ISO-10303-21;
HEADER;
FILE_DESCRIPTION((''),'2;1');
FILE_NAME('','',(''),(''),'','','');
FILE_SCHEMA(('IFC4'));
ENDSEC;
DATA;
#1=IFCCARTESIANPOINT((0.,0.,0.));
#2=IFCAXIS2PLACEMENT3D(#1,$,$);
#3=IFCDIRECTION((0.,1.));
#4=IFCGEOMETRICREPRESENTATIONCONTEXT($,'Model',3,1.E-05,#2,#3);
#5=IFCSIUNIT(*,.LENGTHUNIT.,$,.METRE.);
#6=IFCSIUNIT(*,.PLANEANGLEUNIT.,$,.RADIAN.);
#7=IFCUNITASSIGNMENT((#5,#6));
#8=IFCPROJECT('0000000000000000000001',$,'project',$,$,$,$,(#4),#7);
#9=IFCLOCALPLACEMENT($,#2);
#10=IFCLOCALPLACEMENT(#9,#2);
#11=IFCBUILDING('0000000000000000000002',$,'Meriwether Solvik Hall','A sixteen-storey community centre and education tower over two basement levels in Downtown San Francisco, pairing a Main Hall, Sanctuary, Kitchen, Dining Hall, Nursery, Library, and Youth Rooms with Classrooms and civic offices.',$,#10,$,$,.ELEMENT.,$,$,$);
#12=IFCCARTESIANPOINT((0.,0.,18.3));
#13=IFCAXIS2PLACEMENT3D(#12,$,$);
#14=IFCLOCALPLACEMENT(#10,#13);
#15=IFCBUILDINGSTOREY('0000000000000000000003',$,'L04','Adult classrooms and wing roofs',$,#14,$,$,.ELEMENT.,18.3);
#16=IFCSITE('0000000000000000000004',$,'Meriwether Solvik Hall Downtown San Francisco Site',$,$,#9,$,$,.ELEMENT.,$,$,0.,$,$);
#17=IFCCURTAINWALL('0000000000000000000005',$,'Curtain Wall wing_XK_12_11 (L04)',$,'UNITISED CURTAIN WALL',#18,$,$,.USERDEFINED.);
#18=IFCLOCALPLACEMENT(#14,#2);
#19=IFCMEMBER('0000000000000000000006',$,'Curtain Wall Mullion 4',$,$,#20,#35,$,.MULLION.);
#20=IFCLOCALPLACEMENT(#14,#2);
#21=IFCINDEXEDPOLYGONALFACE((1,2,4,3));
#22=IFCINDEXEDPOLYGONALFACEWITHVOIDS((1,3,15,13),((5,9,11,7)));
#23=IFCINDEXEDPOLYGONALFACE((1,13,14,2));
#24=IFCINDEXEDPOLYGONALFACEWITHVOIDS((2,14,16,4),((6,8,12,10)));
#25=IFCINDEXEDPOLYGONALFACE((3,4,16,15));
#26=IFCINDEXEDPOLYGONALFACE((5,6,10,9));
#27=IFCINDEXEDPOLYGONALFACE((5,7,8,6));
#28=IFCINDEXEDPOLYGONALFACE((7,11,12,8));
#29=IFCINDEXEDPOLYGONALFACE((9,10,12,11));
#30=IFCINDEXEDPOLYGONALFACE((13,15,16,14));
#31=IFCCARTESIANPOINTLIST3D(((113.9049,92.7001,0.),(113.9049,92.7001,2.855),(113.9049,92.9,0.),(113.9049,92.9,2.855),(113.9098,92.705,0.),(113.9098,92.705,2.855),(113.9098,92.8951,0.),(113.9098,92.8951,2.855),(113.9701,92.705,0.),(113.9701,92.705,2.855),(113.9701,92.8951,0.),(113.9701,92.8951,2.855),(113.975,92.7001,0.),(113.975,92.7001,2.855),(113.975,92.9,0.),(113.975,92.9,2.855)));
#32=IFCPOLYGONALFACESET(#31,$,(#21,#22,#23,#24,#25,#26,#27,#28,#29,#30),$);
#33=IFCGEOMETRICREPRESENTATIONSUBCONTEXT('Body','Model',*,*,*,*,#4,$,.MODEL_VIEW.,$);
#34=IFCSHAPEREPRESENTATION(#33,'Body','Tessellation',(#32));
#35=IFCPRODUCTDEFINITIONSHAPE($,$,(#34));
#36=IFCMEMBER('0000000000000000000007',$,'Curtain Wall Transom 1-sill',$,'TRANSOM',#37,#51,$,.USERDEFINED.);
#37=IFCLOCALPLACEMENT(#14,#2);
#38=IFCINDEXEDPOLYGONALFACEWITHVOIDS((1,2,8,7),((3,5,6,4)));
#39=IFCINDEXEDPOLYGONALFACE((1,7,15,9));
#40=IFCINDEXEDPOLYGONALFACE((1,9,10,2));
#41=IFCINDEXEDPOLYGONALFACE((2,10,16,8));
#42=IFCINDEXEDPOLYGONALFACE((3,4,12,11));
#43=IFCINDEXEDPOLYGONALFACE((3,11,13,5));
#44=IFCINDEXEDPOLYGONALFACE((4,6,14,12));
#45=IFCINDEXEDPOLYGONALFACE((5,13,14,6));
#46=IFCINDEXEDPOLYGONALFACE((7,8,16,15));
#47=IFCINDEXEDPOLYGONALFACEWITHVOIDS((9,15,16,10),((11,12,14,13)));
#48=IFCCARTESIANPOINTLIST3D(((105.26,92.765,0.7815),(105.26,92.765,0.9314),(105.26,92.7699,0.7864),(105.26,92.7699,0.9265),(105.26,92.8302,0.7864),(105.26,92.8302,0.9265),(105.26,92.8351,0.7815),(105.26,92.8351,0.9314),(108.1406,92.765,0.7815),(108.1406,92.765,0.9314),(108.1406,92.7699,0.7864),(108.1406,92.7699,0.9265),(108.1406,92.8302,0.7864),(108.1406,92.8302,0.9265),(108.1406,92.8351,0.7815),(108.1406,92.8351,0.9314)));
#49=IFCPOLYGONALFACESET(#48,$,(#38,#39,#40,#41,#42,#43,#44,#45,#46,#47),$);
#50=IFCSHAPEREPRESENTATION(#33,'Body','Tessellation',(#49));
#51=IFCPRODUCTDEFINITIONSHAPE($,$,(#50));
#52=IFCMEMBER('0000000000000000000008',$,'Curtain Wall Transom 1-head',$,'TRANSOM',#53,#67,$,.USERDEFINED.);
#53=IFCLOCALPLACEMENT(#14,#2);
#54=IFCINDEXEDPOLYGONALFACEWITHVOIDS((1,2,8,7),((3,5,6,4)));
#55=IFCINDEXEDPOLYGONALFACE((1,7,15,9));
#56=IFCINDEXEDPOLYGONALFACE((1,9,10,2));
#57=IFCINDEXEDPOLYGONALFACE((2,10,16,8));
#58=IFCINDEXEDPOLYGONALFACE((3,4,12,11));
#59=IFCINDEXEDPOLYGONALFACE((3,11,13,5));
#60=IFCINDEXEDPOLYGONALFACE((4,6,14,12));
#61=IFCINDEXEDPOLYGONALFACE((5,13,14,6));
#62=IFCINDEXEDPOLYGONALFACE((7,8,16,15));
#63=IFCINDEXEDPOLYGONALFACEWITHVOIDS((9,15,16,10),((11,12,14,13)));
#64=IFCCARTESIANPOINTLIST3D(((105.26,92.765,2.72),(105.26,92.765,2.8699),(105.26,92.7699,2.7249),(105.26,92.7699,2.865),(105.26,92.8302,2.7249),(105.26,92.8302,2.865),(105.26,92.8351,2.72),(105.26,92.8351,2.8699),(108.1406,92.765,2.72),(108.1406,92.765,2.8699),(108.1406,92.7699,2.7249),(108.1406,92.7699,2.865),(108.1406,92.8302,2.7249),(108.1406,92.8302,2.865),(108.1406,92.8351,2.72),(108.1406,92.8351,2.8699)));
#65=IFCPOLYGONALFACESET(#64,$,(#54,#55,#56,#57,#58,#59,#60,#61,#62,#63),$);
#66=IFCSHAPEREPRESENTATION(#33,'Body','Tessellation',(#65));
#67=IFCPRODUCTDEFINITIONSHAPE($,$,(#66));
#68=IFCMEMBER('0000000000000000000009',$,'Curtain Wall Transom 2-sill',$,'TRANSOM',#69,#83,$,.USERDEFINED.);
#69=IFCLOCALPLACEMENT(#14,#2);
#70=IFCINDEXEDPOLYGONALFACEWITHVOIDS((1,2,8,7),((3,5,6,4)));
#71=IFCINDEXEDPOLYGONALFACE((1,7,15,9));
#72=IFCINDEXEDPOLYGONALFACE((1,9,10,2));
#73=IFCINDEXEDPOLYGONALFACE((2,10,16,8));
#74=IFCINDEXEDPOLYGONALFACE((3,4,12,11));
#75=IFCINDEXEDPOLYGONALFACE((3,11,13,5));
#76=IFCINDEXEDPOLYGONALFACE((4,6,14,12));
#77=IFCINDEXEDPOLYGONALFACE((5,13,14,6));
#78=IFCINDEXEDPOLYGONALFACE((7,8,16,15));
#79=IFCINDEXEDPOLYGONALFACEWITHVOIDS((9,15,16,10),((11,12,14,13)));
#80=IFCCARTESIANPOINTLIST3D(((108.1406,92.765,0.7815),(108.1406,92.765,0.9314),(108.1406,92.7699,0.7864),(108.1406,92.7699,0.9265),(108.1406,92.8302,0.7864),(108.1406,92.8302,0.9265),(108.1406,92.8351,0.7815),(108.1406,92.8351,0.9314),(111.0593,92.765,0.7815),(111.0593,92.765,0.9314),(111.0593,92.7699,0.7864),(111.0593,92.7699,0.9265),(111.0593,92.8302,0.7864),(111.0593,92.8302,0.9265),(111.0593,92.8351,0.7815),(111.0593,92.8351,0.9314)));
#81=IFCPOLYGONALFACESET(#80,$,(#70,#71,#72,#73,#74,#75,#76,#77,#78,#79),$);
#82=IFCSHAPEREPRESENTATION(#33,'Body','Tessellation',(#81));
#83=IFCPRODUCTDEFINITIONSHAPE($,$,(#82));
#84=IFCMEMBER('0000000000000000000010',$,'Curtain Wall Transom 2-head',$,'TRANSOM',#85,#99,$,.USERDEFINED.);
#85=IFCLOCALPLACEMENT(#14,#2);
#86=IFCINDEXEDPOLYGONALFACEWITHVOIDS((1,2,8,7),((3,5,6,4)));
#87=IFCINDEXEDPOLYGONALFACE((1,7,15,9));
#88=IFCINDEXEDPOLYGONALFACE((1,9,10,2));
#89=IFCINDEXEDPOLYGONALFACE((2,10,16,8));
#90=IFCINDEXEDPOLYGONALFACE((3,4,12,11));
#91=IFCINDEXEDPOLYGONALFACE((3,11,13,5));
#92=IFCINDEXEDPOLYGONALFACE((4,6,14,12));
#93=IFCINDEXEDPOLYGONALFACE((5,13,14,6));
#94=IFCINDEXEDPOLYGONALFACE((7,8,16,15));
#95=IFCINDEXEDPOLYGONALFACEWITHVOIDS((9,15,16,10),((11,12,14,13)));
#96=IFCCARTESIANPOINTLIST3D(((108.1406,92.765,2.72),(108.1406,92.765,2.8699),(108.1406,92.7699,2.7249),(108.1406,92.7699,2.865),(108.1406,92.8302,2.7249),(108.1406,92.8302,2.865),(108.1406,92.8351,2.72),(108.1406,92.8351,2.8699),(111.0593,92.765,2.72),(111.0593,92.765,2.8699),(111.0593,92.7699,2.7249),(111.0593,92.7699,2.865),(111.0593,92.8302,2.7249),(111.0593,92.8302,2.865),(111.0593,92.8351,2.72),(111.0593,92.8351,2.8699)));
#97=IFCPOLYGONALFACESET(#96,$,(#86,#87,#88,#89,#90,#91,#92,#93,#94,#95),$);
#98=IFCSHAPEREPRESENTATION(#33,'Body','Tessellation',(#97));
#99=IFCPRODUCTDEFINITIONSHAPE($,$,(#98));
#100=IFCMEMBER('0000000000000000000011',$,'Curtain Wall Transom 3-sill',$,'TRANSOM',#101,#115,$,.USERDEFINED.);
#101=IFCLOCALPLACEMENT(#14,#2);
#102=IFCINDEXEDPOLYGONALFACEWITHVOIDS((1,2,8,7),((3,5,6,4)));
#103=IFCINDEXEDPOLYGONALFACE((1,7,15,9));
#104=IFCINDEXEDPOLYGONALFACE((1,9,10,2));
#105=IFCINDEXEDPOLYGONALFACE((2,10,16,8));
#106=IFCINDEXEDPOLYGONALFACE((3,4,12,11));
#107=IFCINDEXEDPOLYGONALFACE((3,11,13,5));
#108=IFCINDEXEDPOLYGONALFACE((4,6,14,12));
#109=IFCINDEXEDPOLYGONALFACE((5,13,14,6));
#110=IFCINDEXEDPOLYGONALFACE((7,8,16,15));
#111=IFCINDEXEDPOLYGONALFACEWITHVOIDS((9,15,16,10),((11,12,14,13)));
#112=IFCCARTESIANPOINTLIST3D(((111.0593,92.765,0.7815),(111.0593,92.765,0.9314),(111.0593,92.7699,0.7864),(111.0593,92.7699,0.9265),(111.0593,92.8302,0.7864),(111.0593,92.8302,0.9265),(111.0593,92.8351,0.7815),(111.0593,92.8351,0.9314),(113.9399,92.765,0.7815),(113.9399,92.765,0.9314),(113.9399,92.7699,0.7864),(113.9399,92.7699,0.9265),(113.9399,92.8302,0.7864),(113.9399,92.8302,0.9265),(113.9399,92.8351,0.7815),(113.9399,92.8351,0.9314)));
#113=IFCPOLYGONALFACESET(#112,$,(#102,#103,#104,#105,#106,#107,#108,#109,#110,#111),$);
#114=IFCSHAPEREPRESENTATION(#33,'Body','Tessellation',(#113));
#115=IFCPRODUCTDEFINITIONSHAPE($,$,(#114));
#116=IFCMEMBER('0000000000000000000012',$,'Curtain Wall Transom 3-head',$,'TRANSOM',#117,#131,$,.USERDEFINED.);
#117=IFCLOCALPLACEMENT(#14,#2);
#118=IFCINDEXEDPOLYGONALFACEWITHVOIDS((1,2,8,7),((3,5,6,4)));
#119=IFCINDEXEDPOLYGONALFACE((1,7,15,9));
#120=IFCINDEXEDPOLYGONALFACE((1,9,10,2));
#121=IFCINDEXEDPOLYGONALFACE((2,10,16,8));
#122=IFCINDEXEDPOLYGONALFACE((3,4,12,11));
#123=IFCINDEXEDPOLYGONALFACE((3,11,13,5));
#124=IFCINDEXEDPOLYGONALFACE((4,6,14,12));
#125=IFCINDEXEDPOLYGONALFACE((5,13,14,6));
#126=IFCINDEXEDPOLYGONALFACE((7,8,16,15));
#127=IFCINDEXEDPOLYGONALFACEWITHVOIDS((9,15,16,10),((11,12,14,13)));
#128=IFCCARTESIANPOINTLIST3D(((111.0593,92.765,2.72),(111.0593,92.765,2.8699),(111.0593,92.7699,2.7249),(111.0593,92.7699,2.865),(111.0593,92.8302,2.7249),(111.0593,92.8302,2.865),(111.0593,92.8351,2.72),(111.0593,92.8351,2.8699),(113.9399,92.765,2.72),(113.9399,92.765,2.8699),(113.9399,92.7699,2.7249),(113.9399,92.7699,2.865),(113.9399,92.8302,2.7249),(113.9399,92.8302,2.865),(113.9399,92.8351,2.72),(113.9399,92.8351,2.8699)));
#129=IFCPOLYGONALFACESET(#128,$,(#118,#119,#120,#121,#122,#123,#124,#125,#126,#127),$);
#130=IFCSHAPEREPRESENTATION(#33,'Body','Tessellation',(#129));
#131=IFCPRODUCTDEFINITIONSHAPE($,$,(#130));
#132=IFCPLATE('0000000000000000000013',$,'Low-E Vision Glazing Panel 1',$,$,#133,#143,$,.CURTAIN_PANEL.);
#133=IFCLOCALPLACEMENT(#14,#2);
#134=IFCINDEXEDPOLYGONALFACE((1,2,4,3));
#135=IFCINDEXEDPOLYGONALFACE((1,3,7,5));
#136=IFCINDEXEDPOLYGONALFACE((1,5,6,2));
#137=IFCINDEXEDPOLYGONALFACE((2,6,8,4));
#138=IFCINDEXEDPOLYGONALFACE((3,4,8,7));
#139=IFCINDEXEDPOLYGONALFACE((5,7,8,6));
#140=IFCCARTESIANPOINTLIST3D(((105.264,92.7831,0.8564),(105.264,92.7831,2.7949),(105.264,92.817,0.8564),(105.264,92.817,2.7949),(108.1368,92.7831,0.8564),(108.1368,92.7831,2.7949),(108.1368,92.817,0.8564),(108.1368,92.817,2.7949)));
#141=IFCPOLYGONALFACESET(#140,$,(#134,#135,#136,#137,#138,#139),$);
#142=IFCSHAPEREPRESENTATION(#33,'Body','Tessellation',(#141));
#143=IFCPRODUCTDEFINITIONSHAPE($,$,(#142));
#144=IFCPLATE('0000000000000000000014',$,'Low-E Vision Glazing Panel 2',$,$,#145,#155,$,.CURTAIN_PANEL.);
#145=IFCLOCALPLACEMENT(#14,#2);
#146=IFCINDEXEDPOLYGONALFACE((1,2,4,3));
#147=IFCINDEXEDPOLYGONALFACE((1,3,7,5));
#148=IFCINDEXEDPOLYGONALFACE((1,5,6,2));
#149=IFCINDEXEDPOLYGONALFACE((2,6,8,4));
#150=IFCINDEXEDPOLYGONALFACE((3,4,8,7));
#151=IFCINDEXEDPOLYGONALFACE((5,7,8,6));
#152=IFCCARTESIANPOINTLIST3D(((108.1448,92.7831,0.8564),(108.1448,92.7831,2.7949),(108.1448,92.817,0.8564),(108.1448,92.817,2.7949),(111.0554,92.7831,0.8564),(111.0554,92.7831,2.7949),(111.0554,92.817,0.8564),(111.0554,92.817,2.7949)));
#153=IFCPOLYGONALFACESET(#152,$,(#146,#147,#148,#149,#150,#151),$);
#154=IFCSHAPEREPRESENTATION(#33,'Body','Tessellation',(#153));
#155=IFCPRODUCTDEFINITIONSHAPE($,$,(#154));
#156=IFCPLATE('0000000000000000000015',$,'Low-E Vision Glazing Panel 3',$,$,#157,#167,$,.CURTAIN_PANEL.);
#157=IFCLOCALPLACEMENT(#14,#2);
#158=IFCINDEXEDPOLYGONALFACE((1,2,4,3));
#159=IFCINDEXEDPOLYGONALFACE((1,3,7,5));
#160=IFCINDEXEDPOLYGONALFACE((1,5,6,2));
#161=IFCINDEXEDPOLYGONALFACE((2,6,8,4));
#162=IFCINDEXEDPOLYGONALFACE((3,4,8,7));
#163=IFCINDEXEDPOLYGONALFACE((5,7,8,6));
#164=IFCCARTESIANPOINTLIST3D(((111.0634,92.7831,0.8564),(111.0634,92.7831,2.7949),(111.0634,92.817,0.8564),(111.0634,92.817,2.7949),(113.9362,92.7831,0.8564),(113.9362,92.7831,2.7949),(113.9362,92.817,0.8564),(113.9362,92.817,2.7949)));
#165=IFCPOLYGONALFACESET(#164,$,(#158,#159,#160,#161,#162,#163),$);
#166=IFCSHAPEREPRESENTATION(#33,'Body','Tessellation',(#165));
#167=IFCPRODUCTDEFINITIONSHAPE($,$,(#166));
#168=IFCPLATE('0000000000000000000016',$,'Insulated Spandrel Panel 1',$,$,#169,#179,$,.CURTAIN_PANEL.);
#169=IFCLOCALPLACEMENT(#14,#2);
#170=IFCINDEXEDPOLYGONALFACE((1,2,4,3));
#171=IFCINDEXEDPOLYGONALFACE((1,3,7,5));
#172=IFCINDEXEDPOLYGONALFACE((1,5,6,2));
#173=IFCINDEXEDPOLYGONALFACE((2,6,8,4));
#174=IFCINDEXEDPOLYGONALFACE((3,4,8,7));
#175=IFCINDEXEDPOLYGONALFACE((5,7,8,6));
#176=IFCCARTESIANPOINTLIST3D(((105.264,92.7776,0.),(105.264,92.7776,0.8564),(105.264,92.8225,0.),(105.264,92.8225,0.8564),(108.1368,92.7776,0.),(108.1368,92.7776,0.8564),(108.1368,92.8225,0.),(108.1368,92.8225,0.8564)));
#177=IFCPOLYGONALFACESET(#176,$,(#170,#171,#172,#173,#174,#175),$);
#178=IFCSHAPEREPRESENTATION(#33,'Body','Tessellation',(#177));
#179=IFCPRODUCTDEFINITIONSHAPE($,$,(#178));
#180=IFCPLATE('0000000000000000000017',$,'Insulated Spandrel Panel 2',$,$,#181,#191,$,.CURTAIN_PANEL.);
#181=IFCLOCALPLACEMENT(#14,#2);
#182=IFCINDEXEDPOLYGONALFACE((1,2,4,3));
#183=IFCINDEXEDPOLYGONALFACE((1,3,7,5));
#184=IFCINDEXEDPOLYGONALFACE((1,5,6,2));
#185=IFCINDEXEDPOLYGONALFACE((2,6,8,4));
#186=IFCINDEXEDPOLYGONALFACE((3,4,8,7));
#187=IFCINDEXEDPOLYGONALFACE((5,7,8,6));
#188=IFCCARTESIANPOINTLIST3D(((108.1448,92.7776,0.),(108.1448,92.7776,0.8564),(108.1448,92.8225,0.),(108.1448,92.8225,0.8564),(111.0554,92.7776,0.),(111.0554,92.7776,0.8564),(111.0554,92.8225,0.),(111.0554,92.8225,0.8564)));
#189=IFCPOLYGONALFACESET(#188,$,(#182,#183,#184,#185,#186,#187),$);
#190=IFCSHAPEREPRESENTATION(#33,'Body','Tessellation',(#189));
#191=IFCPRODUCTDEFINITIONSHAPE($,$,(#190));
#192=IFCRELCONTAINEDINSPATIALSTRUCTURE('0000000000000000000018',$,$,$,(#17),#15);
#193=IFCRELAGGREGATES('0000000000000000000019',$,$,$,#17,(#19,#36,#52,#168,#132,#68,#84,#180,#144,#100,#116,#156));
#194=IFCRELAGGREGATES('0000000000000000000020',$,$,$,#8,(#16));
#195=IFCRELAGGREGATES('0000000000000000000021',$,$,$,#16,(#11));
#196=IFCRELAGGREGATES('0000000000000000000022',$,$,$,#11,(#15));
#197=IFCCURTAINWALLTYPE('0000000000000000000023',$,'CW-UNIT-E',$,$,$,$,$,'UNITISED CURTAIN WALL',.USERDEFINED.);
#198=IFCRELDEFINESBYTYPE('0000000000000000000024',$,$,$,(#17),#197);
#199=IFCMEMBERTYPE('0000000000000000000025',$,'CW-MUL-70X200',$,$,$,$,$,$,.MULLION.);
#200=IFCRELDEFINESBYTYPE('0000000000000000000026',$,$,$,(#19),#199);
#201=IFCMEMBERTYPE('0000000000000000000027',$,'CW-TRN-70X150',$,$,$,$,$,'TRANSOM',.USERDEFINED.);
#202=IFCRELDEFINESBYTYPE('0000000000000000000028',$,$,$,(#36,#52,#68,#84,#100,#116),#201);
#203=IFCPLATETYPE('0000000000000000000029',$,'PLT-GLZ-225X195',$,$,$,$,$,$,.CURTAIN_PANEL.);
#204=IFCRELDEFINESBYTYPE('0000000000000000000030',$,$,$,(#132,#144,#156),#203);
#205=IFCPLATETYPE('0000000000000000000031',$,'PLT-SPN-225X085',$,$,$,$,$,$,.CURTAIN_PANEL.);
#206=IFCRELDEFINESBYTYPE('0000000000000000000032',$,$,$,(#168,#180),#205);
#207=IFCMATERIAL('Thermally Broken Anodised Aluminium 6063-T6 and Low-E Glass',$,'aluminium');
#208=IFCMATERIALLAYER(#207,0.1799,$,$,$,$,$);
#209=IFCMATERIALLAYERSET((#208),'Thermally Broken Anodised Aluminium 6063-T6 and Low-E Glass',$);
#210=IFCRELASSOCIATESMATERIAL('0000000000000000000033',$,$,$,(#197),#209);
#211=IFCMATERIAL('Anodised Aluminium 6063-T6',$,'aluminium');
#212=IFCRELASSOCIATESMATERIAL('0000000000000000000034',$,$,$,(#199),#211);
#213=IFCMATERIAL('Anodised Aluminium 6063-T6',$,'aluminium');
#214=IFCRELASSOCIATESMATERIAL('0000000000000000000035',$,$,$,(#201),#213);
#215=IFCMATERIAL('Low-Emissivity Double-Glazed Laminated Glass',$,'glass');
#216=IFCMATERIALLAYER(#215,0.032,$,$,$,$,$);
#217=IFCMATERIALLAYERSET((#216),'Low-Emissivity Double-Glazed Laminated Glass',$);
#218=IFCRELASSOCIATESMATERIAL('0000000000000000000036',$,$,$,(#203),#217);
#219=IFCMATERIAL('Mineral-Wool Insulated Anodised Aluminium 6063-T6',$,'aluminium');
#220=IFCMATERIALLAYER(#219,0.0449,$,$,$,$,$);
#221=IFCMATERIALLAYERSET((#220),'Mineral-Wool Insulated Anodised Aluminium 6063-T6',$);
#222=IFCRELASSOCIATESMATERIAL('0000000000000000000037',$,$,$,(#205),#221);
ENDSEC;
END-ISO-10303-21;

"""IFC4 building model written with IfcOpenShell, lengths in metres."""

from ifc_helpers import new_model, si_unit, direction, frame, origin, origin_2d, place, context, subcontext, project, spatial, rectangle, hollow_rectangle, extrude, material, layer, layer_set, material_profile, profile_set, type_object, element, aggregate, save


model = new_model("IFC4")

# Units and contexts
model_context = context("Model", 3, precision=1e-05, world=origin(), true_north=direction((0.0, 1.0)))
body_context = subcontext(model_context, "Body", "Model", "MODEL_VIEW")
ifc_project = project(units=[si_unit("LENGTHUNIT", "METRE"), si_unit("PLANEANGLEUNIT", "RADIAN")], contexts=[model_context])

# Site, building, storey
site_placement = place(None, origin())
site = spatial("IfcSite", under=ifc_project, at=site_placement, Name="Meriwether Solvik Hall Downtown San Francisco Site", CompositionType="ELEMENT", RefElevation=0.0)
building_placement = place(site_placement, origin())
building = spatial("IfcBuilding", under=site, at=building_placement, Name="Meriwether Solvik Hall", Description="A sixteen-storey community centre and education tower over two basement levels in Downtown San Francisco, pairing a Main Hall, Sanctuary, Kitchen, Dining Hall, Nursery, Library, and Youth Rooms with Classrooms and civic offices.", CompositionType="ELEMENT")
storey_placement = place(building_placement, frame((0.0, 0.0, 18.3)))
storey = spatial("IfcBuildingStorey", under=building, at=storey_placement, Name="L04", Description="Adult classrooms and wing roofs", CompositionType="ELEMENT", Elevation=18.3)

# Curtain wall, members, plates
ifc_material_1 = material(Name="Thermally Broken Anodised Aluminium 6063-T6 and Low-E Glass", Category="aluminium")
ifc_layer_1 = layer(ifc_material_1, 0.1799)
ifc_layer_set_1 = layer_set([ifc_layer_1], Name="Thermally Broken Anodised Aluminium 6063-T6 and Low-E Glass")
curtain_wall_type = type_object("IfcCurtainWallType", Name="CW-UNIT-E", ElementType="UNITISED CURTAIN WALL", PredefinedType="USERDEFINED", material=ifc_layer_set_1)
curtain_wall_placement = place(storey_placement, origin())
curtain_wall = element("IfcCurtainWall", 1, at=curtain_wall_placement, inside=storey, type_object=curtain_wall_type, Name="Curtain Wall wing_XK_12_11 (L04)", ObjectType="UNITISED CURTAIN WALL", PredefinedType="USERDEFINED")
ifc_material_2 = material(Name="Anodised Aluminium 6063-T6", Category="aluminium")
ifc_material_profile_1 = material_profile(ifc_material_2, hollow_rectangle(XDim=0.0701, YDim=0.2, WallThickness=0.0049, at=origin_2d()), Name="CWM-70X200")
ifc_profile_set_1 = profile_set([ifc_material_profile_1], Name="Anodised Aluminium 6063-T6")
member_type_1 = type_object("IfcMemberType", Name="CW-MUL-70X200", PredefinedType="MULLION", material=ifc_profile_set_1)
member_1_placement = place(storey_placement, frame((113.9399, 92.8, 0.0), z_axis=(0.0, 0.0, 1.0), x_axis=(1.0, 0.0, 0.0)))
member_1 = element("IfcMember", 2, at=member_1_placement, type_object=member_type_1, Name="Curtain Wall Mullion 4", PredefinedType="MULLION", context=body_context, shape_type="SweptSolid", body=[
    extrude(hollow_rectangle(XDim=0.0701, YDim=0.2, WallThickness=0.0049, at=origin_2d()), origin(), (0.0, 0.0, 1.0), 2.855),
])
ifc_material_3 = material(Name="Anodised Aluminium 6063-T6", Category="aluminium")
ifc_material_profile_2 = material_profile(ifc_material_3, hollow_rectangle(XDim=0.0701, YDim=0.1499, WallThickness=0.0049, at=origin_2d()), Name="CWT-70X150")
ifc_profile_set_2 = profile_set([ifc_material_profile_2], Name="Anodised Aluminium 6063-T6")
member_type_2 = type_object("IfcMemberType", Name="CW-TRN-70X150", ElementType="TRANSOM", PredefinedType="USERDEFINED", material=ifc_profile_set_2)
member_2_placement = place(storey_placement, frame((105.26, 92.8, 0.8564), z_axis=(1.0, 0.0, 0.0), x_axis=(0.0, 1.0, 0.0)))
member_2 = element("IfcMember", 3, at=member_2_placement, type_object=member_type_2, Name="Curtain Wall Transom 1-sill", ObjectType="TRANSOM", PredefinedType="USERDEFINED", context=body_context, shape_type="SweptSolid", body=[
    extrude(hollow_rectangle(XDim=0.0701, YDim=0.1499, WallThickness=0.0049, at=origin_2d()), origin(), (0.0, 0.0, 1.0), 2.8806),
])
member_3_placement = place(storey_placement, frame((105.26, 92.8, 2.7949), z_axis=(1.0, 0.0, 0.0), x_axis=(0.0, 1.0, 0.0)))
member_3 = element("IfcMember", 4, at=member_3_placement, type_object=member_type_2, Name="Curtain Wall Transom 1-head", ObjectType="TRANSOM", PredefinedType="USERDEFINED", context=body_context, shape_type="SweptSolid", body=[
    extrude(hollow_rectangle(XDim=0.0701, YDim=0.1499, WallThickness=0.0049, at=origin_2d()), origin(), (0.0, 0.0, 1.0), 2.8806),
])
member_4_placement = place(storey_placement, frame((108.1406, 92.8, 0.8564), z_axis=(1.0, 0.0, 0.0), x_axis=(0.0, 1.0, 0.0)))
member_4 = element("IfcMember", 5, at=member_4_placement, type_object=member_type_2, Name="Curtain Wall Transom 2-sill", ObjectType="TRANSOM", PredefinedType="USERDEFINED", context=body_context, shape_type="SweptSolid", body=[
    extrude(hollow_rectangle(XDim=0.0701, YDim=0.1499, WallThickness=0.0049, at=origin_2d()), origin(), (0.0, 0.0, 1.0), 2.9187),
])
member_5_placement = place(storey_placement, frame((108.1406, 92.8, 2.7949), z_axis=(1.0, 0.0, 0.0), x_axis=(0.0, 1.0, 0.0)))
member_5 = element("IfcMember", 6, at=member_5_placement, type_object=member_type_2, Name="Curtain Wall Transom 2-head", ObjectType="TRANSOM", PredefinedType="USERDEFINED", context=body_context, shape_type="SweptSolid", body=[
    extrude(hollow_rectangle(XDim=0.0701, YDim=0.1499, WallThickness=0.0049, at=origin_2d()), origin(), (0.0, 0.0, 1.0), 2.9187),
])
member_6_placement = place(storey_placement, frame((111.0593, 92.8, 0.8564), z_axis=(1.0, 0.0, 0.0), x_axis=(0.0, 1.0, 0.0)))
member_6 = element("IfcMember", 7, at=member_6_placement, type_object=member_type_2, Name="Curtain Wall Transom 3-sill", ObjectType="TRANSOM", PredefinedType="USERDEFINED", context=body_context, shape_type="SweptSolid", body=[
    extrude(hollow_rectangle(XDim=0.0701, YDim=0.1499, WallThickness=0.0049, at=origin_2d()), origin(), (0.0, 0.0, 1.0), 2.8806),
])
member_7_placement = place(storey_placement, frame((111.0593, 92.8, 2.7949), z_axis=(1.0, 0.0, 0.0), x_axis=(0.0, 1.0, 0.0)))
member_7 = element("IfcMember", 8, at=member_7_placement, type_object=member_type_2, Name="Curtain Wall Transom 3-head", ObjectType="TRANSOM", PredefinedType="USERDEFINED", context=body_context, shape_type="SweptSolid", body=[
    extrude(hollow_rectangle(XDim=0.0701, YDim=0.1499, WallThickness=0.0049, at=origin_2d()), origin(), (0.0, 0.0, 1.0), 2.8806),
])
ifc_material_4 = material(Name="Low-Emissivity Double-Glazed Laminated Glass", Category="glass")
ifc_layer_2 = layer(ifc_material_4, 0.032)
ifc_layer_set_2 = layer_set([ifc_layer_2], Name="Low-Emissivity Double-Glazed Laminated Glass")
plate_type_1 = type_object("IfcPlateType", Name="PLT-GLZ-225X195", PredefinedType="CURTAIN_PANEL", material=ifc_layer_set_2)
plate_1_placement = place(storey_placement, frame((106.7004, 92.8, 0.8564), z_axis=(0.0, 0.0, 1.0), x_axis=(1.0, 0.0, 0.0)))
plate_1 = element("IfcPlate", 9, at=plate_1_placement, type_object=plate_type_1, Name="Low-E Vision Glazing Panel 1", PredefinedType="CURTAIN_PANEL", context=body_context, shape_type="SweptSolid", body=[
    extrude(rectangle(XDim=2.8728, YDim=0.0339, at=origin_2d()), origin(), (0.0, 0.0, 1.0), 1.9385),
])
plate_2_placement = place(storey_placement, frame((109.6001, 92.8, 0.8564), z_axis=(0.0, 0.0, 1.0), x_axis=(1.0, 0.0, 0.0)))
plate_2 = element("IfcPlate", 10, at=plate_2_placement, type_object=plate_type_1, Name="Low-E Vision Glazing Panel 2", PredefinedType="CURTAIN_PANEL", context=body_context, shape_type="SweptSolid", body=[
    extrude(rectangle(XDim=2.9106, YDim=0.0339, at=origin_2d()), origin(), (0.0, 0.0, 1.0), 1.9385),
])
plate_3_placement = place(storey_placement, frame((112.4998, 92.8, 0.8564), z_axis=(0.0, 0.0, 1.0), x_axis=(1.0, 0.0, 0.0)))
plate_3 = element("IfcPlate", 11, at=plate_3_placement, type_object=plate_type_1, Name="Low-E Vision Glazing Panel 3", PredefinedType="CURTAIN_PANEL", context=body_context, shape_type="SweptSolid", body=[
    extrude(rectangle(XDim=2.8728, YDim=0.0339, at=origin_2d()), origin(), (0.0, 0.0, 1.0), 1.9385),
])
ifc_material_5 = material(Name="Mineral-Wool Insulated Anodised Aluminium 6063-T6", Category="aluminium")
ifc_layer_3 = layer(ifc_material_5, 0.0449)
ifc_layer_set_3 = layer_set([ifc_layer_3], Name="Mineral-Wool Insulated Anodised Aluminium 6063-T6")
plate_type_2 = type_object("IfcPlateType", Name="PLT-SPN-225X085", PredefinedType="CURTAIN_PANEL", material=ifc_layer_set_3)
plate_4_placement = place(storey_placement, frame((106.7004, 92.8, 0.0), z_axis=(0.0, 0.0, 1.0), x_axis=(1.0, 0.0, 0.0)))
plate_4 = element("IfcPlate", 12, at=plate_4_placement, type_object=plate_type_2, Name="Insulated Spandrel Panel 1", PredefinedType="CURTAIN_PANEL", context=body_context, shape_type="SweptSolid", body=[
    extrude(rectangle(XDim=2.8728, YDim=0.0449, at=origin_2d()), origin(), (0.0, 0.0, 1.0), 0.8564),
])
plate_5_placement = place(storey_placement, frame((109.6001, 92.8, 0.0), z_axis=(0.0, 0.0, 1.0), x_axis=(1.0, 0.0, 0.0)))
plate_5 = element("IfcPlate", 13, at=plate_5_placement, type_object=plate_type_2, Name="Insulated Spandrel Panel 2", PredefinedType="CURTAIN_PANEL", context=body_context, shape_type="SweptSolid", body=[
    extrude(rectangle(XDim=2.9106, YDim=0.0449, at=origin_2d()), origin(), (0.0, 0.0, 1.0), 0.8564),
])
aggregate(curtain_wall, [member_1, member_2, member_3, plate_4, plate_1, member_4, member_5, plate_5, plate_2, member_6, member_7, plate_3])

save(model, "model.ifc")
